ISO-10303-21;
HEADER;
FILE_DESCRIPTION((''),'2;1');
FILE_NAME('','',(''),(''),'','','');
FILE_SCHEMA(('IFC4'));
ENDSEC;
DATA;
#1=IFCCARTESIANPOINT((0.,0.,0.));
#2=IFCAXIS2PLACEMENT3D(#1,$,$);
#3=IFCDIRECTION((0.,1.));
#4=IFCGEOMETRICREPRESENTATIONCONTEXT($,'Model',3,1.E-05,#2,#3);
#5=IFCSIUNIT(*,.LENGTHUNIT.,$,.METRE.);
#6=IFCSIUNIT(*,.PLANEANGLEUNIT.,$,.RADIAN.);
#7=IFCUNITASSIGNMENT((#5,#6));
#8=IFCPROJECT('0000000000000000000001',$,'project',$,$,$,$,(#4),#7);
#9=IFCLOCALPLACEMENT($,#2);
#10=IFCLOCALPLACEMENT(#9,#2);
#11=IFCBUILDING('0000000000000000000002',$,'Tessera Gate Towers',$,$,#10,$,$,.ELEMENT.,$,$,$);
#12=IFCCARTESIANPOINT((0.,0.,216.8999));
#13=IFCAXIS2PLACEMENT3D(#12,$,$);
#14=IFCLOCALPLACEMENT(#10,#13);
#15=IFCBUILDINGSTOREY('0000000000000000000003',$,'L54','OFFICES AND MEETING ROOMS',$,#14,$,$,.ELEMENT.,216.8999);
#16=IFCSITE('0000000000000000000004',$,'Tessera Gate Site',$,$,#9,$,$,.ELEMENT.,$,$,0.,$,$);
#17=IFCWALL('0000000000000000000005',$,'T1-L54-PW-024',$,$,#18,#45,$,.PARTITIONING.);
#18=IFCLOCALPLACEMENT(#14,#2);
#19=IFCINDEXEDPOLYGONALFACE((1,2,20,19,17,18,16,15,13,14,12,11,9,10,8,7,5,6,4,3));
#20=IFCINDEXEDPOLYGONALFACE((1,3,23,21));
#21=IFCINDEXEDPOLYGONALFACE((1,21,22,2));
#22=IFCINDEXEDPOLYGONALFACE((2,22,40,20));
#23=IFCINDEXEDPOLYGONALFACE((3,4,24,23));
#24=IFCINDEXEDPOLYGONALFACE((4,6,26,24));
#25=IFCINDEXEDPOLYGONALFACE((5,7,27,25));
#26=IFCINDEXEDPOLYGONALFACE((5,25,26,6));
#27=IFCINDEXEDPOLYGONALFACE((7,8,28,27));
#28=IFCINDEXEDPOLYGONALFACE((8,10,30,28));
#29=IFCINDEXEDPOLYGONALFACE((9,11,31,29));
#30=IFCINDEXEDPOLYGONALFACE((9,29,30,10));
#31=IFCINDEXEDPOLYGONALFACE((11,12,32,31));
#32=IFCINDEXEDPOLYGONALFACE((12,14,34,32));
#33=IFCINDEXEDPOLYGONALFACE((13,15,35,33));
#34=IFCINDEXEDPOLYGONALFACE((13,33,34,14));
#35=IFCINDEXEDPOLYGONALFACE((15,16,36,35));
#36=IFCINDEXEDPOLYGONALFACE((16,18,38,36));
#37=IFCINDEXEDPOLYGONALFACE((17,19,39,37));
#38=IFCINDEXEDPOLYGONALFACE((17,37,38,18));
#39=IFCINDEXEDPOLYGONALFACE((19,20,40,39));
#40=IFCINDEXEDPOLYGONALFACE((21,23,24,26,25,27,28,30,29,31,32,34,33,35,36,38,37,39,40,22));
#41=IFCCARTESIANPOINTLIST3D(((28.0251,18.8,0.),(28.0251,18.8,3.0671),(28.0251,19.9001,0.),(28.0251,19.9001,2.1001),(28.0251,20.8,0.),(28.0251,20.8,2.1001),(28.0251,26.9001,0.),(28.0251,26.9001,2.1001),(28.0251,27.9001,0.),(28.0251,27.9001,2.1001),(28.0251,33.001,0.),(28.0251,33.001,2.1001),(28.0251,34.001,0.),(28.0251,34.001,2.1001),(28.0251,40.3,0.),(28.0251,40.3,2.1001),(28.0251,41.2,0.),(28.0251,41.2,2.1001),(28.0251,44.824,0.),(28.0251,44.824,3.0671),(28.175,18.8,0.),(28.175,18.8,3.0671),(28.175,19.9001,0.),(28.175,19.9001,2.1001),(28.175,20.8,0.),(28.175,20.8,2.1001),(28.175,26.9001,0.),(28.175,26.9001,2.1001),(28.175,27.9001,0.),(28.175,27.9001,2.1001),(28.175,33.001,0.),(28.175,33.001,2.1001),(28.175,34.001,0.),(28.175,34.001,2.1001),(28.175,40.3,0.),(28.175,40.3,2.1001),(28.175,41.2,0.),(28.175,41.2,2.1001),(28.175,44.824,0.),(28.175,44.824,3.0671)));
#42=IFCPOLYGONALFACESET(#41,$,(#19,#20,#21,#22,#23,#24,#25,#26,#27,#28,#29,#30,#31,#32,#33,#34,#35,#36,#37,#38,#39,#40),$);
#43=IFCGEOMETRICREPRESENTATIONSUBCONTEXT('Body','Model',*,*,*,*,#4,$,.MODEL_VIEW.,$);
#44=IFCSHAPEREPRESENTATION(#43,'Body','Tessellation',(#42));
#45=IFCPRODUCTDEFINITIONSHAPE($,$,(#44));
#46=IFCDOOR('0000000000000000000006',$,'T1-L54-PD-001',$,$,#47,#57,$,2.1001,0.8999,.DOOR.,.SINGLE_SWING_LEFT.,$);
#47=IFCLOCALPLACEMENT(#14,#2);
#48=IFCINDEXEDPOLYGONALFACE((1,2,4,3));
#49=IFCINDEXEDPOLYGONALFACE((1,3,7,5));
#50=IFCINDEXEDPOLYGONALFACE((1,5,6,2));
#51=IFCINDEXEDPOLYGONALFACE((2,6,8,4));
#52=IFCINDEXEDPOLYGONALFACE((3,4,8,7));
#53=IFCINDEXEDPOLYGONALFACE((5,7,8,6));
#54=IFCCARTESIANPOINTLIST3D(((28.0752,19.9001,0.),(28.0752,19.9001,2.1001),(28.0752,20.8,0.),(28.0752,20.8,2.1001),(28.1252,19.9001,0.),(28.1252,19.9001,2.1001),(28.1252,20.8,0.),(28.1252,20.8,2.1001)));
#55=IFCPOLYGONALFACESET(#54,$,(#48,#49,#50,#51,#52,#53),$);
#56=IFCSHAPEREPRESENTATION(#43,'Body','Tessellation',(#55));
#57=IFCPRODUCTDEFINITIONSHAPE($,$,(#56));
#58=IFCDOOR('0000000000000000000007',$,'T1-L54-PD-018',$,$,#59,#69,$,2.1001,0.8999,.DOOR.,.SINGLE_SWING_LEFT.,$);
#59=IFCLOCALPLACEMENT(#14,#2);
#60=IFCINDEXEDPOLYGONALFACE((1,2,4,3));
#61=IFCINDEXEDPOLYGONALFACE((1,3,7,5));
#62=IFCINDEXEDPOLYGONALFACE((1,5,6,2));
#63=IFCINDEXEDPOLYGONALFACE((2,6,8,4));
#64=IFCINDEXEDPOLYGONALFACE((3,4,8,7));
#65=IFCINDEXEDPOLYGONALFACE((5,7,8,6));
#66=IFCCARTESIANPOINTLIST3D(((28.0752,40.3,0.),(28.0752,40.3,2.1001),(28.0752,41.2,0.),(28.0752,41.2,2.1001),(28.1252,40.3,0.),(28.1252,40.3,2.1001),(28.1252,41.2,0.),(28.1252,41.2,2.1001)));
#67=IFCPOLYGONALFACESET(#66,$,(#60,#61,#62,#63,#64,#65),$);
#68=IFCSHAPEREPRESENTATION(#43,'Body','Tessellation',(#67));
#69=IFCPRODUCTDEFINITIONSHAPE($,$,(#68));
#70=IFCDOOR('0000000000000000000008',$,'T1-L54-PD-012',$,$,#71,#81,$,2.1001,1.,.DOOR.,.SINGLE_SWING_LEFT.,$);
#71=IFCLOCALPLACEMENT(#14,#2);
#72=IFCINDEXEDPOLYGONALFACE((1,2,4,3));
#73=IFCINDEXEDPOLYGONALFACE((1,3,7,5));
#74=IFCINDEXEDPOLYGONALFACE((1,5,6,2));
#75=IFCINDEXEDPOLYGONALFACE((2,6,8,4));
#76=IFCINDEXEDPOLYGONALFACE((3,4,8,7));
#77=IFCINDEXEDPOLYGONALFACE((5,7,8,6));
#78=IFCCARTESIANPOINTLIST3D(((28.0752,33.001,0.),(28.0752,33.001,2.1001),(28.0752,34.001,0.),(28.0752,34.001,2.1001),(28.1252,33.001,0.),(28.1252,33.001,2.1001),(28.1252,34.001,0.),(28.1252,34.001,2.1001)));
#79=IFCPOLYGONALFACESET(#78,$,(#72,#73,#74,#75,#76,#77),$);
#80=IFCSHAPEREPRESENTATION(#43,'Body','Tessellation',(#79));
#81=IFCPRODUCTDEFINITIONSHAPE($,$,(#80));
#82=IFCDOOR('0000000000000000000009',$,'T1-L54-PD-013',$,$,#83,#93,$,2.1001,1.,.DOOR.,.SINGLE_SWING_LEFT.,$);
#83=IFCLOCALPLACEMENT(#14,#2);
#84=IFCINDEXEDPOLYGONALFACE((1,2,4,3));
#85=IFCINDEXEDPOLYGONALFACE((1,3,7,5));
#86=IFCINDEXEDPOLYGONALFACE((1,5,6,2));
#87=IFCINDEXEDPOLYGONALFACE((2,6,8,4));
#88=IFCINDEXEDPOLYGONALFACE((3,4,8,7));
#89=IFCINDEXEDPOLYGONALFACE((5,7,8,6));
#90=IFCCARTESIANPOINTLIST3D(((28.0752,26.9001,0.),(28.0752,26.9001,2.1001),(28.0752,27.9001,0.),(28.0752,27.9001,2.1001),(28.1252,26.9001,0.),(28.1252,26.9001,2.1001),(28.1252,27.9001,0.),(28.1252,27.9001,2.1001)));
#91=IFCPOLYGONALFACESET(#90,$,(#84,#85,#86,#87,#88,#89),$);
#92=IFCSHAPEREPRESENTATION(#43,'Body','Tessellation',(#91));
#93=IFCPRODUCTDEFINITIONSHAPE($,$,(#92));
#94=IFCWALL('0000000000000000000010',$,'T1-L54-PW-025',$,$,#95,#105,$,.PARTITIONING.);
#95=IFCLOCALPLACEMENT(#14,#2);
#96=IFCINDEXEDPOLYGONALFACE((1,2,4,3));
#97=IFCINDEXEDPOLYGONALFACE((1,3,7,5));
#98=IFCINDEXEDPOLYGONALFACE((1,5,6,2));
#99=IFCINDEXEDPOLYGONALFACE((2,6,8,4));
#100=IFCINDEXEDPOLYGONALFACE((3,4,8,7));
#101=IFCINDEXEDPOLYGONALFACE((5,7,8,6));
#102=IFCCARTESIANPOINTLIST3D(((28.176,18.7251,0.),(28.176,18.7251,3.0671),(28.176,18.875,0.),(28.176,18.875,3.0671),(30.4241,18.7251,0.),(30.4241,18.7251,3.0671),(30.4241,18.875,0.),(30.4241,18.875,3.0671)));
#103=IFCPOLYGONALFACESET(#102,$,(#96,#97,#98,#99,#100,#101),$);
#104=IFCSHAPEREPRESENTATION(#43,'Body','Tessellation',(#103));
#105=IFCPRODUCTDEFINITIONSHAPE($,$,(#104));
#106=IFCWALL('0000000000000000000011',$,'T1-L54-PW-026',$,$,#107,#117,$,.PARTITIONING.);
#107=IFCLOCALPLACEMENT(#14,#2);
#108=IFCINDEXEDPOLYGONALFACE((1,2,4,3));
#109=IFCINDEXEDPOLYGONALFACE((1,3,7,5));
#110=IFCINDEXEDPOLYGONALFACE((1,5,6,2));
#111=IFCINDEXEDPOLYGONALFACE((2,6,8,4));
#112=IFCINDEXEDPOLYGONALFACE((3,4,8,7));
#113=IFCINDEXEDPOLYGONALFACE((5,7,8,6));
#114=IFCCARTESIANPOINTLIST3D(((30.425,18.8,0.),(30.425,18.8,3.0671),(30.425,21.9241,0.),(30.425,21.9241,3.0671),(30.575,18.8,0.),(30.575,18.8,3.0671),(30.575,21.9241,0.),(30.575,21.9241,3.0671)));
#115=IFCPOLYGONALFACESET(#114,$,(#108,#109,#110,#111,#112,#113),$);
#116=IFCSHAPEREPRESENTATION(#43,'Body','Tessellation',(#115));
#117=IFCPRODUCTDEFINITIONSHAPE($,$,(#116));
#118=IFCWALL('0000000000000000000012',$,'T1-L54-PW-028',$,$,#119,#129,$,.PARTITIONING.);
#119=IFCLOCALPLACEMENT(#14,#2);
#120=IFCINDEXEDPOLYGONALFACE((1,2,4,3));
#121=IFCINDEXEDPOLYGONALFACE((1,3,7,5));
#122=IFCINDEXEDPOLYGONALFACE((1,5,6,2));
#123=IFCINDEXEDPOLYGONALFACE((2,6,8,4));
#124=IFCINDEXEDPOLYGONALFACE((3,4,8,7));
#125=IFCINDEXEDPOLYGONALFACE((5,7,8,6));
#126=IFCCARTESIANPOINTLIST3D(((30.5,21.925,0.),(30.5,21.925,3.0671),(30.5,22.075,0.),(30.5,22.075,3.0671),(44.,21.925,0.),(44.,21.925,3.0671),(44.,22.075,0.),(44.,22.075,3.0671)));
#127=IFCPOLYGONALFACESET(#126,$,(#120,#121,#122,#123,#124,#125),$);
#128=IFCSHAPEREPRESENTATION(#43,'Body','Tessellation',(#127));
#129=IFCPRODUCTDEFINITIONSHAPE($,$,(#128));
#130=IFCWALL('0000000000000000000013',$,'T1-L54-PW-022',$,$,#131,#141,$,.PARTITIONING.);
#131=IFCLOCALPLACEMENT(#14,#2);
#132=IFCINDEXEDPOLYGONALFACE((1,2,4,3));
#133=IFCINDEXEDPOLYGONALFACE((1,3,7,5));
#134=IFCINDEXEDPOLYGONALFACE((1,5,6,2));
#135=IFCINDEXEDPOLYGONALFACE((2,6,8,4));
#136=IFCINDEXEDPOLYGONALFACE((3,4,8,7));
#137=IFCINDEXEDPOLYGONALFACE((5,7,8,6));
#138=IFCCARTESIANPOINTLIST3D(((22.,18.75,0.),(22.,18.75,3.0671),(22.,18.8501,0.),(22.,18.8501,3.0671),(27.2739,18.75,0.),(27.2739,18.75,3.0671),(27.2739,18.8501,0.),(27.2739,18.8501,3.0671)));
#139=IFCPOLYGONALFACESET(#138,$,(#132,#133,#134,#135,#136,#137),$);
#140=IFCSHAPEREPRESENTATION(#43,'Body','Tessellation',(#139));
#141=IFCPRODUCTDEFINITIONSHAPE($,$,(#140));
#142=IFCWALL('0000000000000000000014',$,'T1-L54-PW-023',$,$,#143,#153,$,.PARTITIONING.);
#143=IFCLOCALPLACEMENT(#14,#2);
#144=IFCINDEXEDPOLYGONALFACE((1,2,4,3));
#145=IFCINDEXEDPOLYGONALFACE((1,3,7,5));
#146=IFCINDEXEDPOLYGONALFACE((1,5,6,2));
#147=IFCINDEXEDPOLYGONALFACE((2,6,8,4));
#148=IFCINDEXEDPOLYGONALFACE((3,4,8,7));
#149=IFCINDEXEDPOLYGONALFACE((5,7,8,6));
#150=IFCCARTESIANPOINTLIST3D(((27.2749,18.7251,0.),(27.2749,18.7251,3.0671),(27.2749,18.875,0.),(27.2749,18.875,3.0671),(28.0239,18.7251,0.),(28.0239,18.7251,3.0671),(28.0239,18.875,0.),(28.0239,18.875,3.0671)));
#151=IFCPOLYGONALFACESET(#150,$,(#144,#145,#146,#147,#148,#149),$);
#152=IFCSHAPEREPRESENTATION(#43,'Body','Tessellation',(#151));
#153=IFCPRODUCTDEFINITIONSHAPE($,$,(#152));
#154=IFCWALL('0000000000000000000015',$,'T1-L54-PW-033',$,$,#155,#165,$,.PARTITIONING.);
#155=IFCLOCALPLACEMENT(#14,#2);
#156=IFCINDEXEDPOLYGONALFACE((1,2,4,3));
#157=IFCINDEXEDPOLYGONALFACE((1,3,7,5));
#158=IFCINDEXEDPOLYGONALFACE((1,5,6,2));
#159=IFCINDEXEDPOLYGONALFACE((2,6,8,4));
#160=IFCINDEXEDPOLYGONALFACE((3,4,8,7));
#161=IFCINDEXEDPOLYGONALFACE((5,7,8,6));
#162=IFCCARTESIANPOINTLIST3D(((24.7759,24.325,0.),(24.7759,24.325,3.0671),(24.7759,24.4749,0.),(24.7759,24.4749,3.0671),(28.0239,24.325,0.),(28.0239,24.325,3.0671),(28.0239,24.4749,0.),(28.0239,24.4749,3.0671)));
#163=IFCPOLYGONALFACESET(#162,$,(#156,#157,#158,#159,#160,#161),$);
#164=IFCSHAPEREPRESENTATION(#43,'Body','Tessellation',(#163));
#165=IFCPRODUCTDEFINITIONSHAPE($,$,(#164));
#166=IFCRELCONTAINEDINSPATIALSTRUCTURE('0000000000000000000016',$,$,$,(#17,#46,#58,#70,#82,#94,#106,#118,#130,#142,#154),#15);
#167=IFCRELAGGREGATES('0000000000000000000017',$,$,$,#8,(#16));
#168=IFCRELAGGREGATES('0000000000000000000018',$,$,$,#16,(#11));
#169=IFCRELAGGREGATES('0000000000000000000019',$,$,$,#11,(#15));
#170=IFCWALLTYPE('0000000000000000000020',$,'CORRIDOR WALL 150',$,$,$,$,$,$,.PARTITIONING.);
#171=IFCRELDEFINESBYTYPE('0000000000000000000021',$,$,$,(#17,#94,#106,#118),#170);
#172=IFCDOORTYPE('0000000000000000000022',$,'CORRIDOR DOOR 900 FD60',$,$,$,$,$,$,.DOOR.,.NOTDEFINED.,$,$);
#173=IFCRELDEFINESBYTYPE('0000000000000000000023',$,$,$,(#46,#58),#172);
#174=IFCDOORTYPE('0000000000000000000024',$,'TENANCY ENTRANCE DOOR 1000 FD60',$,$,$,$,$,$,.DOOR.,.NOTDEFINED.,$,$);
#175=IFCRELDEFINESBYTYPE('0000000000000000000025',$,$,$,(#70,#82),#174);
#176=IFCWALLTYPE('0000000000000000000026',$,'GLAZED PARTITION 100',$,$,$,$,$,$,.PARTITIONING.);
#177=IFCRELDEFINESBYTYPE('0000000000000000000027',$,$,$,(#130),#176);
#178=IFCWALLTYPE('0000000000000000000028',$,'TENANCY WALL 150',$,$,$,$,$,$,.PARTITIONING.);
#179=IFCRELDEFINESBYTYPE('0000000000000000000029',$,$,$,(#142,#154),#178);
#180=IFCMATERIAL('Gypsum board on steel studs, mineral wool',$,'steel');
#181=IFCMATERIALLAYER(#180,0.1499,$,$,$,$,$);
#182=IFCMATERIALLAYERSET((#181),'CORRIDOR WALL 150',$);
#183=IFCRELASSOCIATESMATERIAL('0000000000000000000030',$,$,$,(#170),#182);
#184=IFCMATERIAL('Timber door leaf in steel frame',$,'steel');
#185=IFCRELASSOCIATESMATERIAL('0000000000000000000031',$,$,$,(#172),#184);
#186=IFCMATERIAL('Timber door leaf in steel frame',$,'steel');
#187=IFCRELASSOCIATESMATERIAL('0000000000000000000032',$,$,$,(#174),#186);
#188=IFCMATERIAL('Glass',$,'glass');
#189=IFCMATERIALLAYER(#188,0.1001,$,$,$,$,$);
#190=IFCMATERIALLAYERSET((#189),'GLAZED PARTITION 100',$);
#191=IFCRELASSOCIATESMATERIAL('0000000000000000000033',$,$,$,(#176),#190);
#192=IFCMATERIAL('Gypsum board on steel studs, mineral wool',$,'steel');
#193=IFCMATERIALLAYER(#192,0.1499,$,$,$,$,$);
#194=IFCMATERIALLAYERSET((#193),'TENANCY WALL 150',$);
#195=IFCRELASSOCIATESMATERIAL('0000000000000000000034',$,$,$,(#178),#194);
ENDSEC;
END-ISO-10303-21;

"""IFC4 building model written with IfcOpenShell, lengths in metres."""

from ifc_helpers import new_model, si_unit, direction, frame, frame_2d, origin, place, context, subcontext, project, spatial, rectangle, extrude, source, transform, mapped, material, layer, layer_set, type_object, element, fill, save


model = new_model("IFC4")

# Units and contexts
model_context = context("Model", 3, precision=1e-05, world=origin(), true_north=direction((0.0, 1.0)))
body_context = subcontext(model_context, "Body", "Model", "MODEL_VIEW")
ifc_project = project(units=[si_unit("LENGTHUNIT", "METRE"), si_unit("PLANEANGLEUNIT", "RADIAN")], contexts=[model_context])

# Site, building, storey
site_placement = place(None, origin())
site = spatial("IfcSite", under=ifc_project, at=site_placement, Name="Tessera Gate Site", CompositionType="ELEMENT", RefElevation=0.0)
building_placement = place(site_placement, origin())
building = spatial("IfcBuilding", under=site, at=building_placement, Name="Tessera Gate Towers", CompositionType="ELEMENT")
storey_placement = place(building_placement, frame((0.0, 0.0, 216.8999)))
storey = spatial("IfcBuildingStorey", under=building, at=storey_placement, Name="L54", Description="OFFICES AND MEETING ROOMS", CompositionType="ELEMENT", Elevation=216.8999)

# Wall, openings, doors
ifc_material_1 = material(Name="Gypsum board on steel studs, mineral wool", Category="steel")
ifc_layer_1 = layer(ifc_material_1, 0.1499)
ifc_layer_set_1 = layer_set([ifc_layer_1], Name="CORRIDOR WALL 150")
wall_type_1 = type_object("IfcWallType", Name="CORRIDOR WALL 150", PredefinedType="PARTITIONING", material=ifc_layer_set_1)
wall_1_placement = place(storey_placement, frame((28.1001, 18.8, 0.0), z_axis=(0.0, 0.0, 1.0), x_axis=(0.0, 1.0, 0.0)))
wall_1 = element("IfcWall", 1, at=wall_1_placement, inside=storey, type_object=wall_type_1, Name="T1-L54-PW-024", PredefinedType="PARTITIONING", context=body_context, shape_type="SweptSolid", body=[
    extrude(rectangle(XDim=26.0239, YDim=0.1499, at=frame_2d((13.012, 0.0))), origin(), (0.0, 0.0, 1.0), 3.0671),
])
shared_shape_1 = source(origin(), body_context, "Body", "SweptSolid", [
    extrude(rectangle(XDim=0.8999, YDim=2.1001, at=frame_2d((0.45, 1.05))), frame((0.0, 0.085, 0.0), z_axis=(0.0, -1.0, 0.0), x_axis=(1.0, 0.0, 0.0)), (0.0, 0.0, 1.0), 0.1699),
])
opening_1_placement = place(wall_1_placement, frame((1.1001, 0.0, 0.0)))
opening_1 = element("IfcOpeningElement", 2, at=opening_1_placement, cuts=wall_1, PredefinedType="OPENING", context=body_context, shape_type="MappedRepresentation", body=[
    mapped(shared_shape_1, transform((0.0, 0.0, 0.0), scale=1.0)),
])
shared_shape_2 = source(origin(), body_context, "Body", "SweptSolid", [
    extrude(rectangle(XDim=1.0, YDim=2.1001, at=frame_2d((0.5, 1.05))), frame((0.0, 0.085, 0.0), z_axis=(0.0, -1.0, 0.0), x_axis=(1.0, 0.0, 0.0)), (0.0, 0.0, 1.0), 0.1699),
])
opening_2_placement = place(wall_1_placement, frame((14.2009, 0.0, 0.0)))
opening_2 = element("IfcOpeningElement", 3, at=opening_2_placement, cuts=wall_1, PredefinedType="OPENING", context=body_context, shape_type="MappedRepresentation", body=[
    mapped(shared_shape_2, transform((0.0, 0.0, 0.0), scale=1.0)),
])
opening_3_placement = place(wall_1_placement, frame((8.1001, 0.0, 0.0)))
opening_3 = element("IfcOpeningElement", 4, at=opening_3_placement, cuts=wall_1, PredefinedType="OPENING", context=body_context, shape_type="MappedRepresentation", body=[
    mapped(shared_shape_2, transform((0.0, 0.0, 0.0), scale=1.0)),
])
opening_4_placement = place(wall_1_placement, frame((21.5, 0.0, 0.0)))
opening_4 = element("IfcOpeningElement", 5, at=opening_4_placement, cuts=wall_1, PredefinedType="OPENING", context=body_context, shape_type="MappedRepresentation", body=[
    mapped(shared_shape_1, transform((0.0, 0.0, 0.0), scale=1.0)),
])
ifc_material_2 = material(Name="Timber door leaf in steel frame", Category="steel")
door_type_1 = type_object("IfcDoorType", Name="CORRIDOR DOOR 900 FD60", OperationType="NOTDEFINED", PredefinedType="DOOR", material=ifc_material_2)
shared_shape_3 = source(origin(), body_context, "Body", "SweptSolid", [
    extrude(rectangle(XDim=0.8999, YDim=2.1001, at=frame_2d((0.45, 1.05))), frame((0.0, 0.0249, 0.0), z_axis=(0.0, -1.0, 0.0), x_axis=(1.0, 0.0, 0.0)), (0.0, 0.0, 1.0), 0.05),
])
door_1_placement = place(opening_1_placement, origin())
door_1 = element("IfcDoor", 6, at=door_1_placement, inside=storey, type_object=door_type_1, Name="T1-L54-PD-001", OperationType="SINGLE_SWING_LEFT", OverallHeight=2.1001, OverallWidth=0.8999, PredefinedType="DOOR", context=body_context, shape_type="MappedRepresentation", body=[
    mapped(shared_shape_3, transform((0.0, 0.0, 0.0), scale=1.0)),
])
fill(opening_1, door_1)
door_2_placement = place(opening_4_placement, origin())
door_2 = element("IfcDoor", 7, at=door_2_placement, inside=storey, type_object=door_type_1, Name="T1-L54-PD-018", OperationType="SINGLE_SWING_LEFT", OverallHeight=2.1001, OverallWidth=0.8999, PredefinedType="DOOR", context=body_context, shape_type="MappedRepresentation", body=[
    mapped(shared_shape_3, transform((0.0, 0.0, 0.0), scale=1.0)),
])
fill(opening_4, door_2)
ifc_material_3 = material(Name="Timber door leaf in steel frame", Category="steel")
door_type_2 = type_object("IfcDoorType", Name="TENANCY ENTRANCE DOOR 1000 FD60", OperationType="NOTDEFINED", PredefinedType="DOOR", material=ifc_material_3)
shared_shape_4 = source(origin(), body_context, "Body", "SweptSolid", [
    extrude(rectangle(XDim=1.0, YDim=2.1001, at=frame_2d((0.5, 1.05))), frame((0.0, 0.0249, 0.0), z_axis=(0.0, -1.0, 0.0), x_axis=(1.0, 0.0, 0.0)), (0.0, 0.0, 1.0), 0.05),
])
door_3_placement = place(opening_2_placement, origin())
door_3 = element("IfcDoor", 8, at=door_3_placement, inside=storey, type_object=door_type_2, Name="T1-L54-PD-012", OperationType="SINGLE_SWING_LEFT", OverallHeight=2.1001, OverallWidth=1.0, PredefinedType="DOOR", context=body_context, shape_type="MappedRepresentation", body=[
    mapped(shared_shape_4, transform((0.0, 0.0, 0.0), scale=1.0)),
])
fill(opening_2, door_3)
door_4_placement = place(opening_3_placement, origin())
door_4 = element("IfcDoor", 9, at=door_4_placement, inside=storey, type_object=door_type_2, Name="T1-L54-PD-013", OperationType="SINGLE_SWING_LEFT", OverallHeight=2.1001, OverallWidth=1.0, PredefinedType="DOOR", context=body_context, shape_type="MappedRepresentation", body=[
    mapped(shared_shape_4, transform((0.0, 0.0, 0.0), scale=1.0)),
])
fill(opening_3, door_4)

# Walls
wall_2_placement = place(storey_placement, frame((28.176, 18.8, 0.0), z_axis=(0.0, 0.0, 1.0), x_axis=(1.0, 0.0, 0.0)))
element("IfcWall", 10, at=wall_2_placement, inside=storey, type_object=wall_type_1, Name="T1-L54-PW-025", PredefinedType="PARTITIONING", context=body_context, shape_type="SweptSolid", body=[
    extrude(rectangle(XDim=2.248, YDim=0.1499, at=frame_2d((1.124, 0.0))), origin(), (0.0, 0.0, 1.0), 3.0671),
])
wall_3_placement = place(storey_placement, frame((30.5, 18.8, 0.0), z_axis=(0.0, 0.0, 1.0), x_axis=(0.0, 1.0, 0.0)))
element("IfcWall", 11, at=wall_3_placement, inside=storey, type_object=wall_type_1, Name="T1-L54-PW-026", PredefinedType="PARTITIONING", context=body_context, shape_type="SweptSolid", body=[
    extrude(rectangle(XDim=3.124, YDim=0.1499, at=frame_2d((1.562, 0.0))), origin(), (0.0, 0.0, 1.0), 3.0671),
])
wall_4_placement = place(storey_placement, frame((30.5, 22.0, 0.0), z_axis=(0.0, 0.0, 1.0), x_axis=(1.0, 0.0, 0.0)))
element("IfcWall", 12, at=wall_4_placement, inside=storey, type_object=wall_type_1, Name="T1-L54-PW-028", PredefinedType="PARTITIONING", context=body_context, shape_type="SweptSolid", body=[
    extrude(rectangle(XDim=13.5, YDim=0.1499, at=frame_2d((6.75, 0.0))), origin(), (0.0, 0.0, 1.0), 3.0671),
])
ifc_material_4 = material(Name="Glass", Category="glass")
ifc_layer_2 = layer(ifc_material_4, 0.1001)
ifc_layer_set_2 = layer_set([ifc_layer_2], Name="GLAZED PARTITION 100")
wall_type_2 = type_object("IfcWallType", Name="GLAZED PARTITION 100", PredefinedType="PARTITIONING", material=ifc_layer_set_2)
wall_5_placement = place(storey_placement, frame((22.0, 18.8, 0.0), z_axis=(0.0, 0.0, 1.0), x_axis=(1.0, 0.0, 0.0)))
element("IfcWall", 13, at=wall_5_placement, inside=storey, type_object=wall_type_2, Name="T1-L54-PW-022", PredefinedType="PARTITIONING", context=body_context, shape_type="SweptSolid", body=[
    extrude(rectangle(XDim=5.2739, YDim=0.1001, at=frame_2d((2.637, 0.0))), origin(), (0.0, 0.0, 1.0), 3.0671),
])
ifc_material_5 = material(Name="Gypsum board on steel studs, mineral wool", Category="steel")
ifc_layer_3 = layer(ifc_material_5, 0.1499)
ifc_layer_set_3 = layer_set([ifc_layer_3], Name="TENANCY WALL 150")
wall_type_3 = type_object("IfcWallType", Name="TENANCY WALL 150", PredefinedType="PARTITIONING", material=ifc_layer_set_3)
wall_6_placement = place(storey_placement, frame((27.2749, 18.8, 0.0), z_axis=(0.0, 0.0, 1.0), x_axis=(1.0, 0.0, 0.0)))
element("IfcWall", 14, at=wall_6_placement, inside=storey, type_object=wall_type_3, Name="T1-L54-PW-023", PredefinedType="PARTITIONING", context=body_context, shape_type="SweptSolid", body=[
    extrude(rectangle(XDim=0.749, YDim=0.1499, at=frame_2d((0.3745, 0.0))), origin(), (0.0, 0.0, 1.0), 3.0671),
])
wall_7_placement = place(storey_placement, frame((24.7759, 24.3999, 0.0), z_axis=(0.0, 0.0, 1.0), x_axis=(1.0, 0.0, 0.0)))
element("IfcWall", 15, at=wall_7_placement, inside=storey, type_object=wall_type_3, Name="T1-L54-PW-033", PredefinedType="PARTITIONING", context=body_context, shape_type="SweptSolid", body=[
    extrude(rectangle(XDim=3.248, YDim=0.1499, at=frame_2d((1.624, 0.0))), origin(), (0.0, 0.0, 1.0), 3.0671),
])

save(model, "model.ifc")
